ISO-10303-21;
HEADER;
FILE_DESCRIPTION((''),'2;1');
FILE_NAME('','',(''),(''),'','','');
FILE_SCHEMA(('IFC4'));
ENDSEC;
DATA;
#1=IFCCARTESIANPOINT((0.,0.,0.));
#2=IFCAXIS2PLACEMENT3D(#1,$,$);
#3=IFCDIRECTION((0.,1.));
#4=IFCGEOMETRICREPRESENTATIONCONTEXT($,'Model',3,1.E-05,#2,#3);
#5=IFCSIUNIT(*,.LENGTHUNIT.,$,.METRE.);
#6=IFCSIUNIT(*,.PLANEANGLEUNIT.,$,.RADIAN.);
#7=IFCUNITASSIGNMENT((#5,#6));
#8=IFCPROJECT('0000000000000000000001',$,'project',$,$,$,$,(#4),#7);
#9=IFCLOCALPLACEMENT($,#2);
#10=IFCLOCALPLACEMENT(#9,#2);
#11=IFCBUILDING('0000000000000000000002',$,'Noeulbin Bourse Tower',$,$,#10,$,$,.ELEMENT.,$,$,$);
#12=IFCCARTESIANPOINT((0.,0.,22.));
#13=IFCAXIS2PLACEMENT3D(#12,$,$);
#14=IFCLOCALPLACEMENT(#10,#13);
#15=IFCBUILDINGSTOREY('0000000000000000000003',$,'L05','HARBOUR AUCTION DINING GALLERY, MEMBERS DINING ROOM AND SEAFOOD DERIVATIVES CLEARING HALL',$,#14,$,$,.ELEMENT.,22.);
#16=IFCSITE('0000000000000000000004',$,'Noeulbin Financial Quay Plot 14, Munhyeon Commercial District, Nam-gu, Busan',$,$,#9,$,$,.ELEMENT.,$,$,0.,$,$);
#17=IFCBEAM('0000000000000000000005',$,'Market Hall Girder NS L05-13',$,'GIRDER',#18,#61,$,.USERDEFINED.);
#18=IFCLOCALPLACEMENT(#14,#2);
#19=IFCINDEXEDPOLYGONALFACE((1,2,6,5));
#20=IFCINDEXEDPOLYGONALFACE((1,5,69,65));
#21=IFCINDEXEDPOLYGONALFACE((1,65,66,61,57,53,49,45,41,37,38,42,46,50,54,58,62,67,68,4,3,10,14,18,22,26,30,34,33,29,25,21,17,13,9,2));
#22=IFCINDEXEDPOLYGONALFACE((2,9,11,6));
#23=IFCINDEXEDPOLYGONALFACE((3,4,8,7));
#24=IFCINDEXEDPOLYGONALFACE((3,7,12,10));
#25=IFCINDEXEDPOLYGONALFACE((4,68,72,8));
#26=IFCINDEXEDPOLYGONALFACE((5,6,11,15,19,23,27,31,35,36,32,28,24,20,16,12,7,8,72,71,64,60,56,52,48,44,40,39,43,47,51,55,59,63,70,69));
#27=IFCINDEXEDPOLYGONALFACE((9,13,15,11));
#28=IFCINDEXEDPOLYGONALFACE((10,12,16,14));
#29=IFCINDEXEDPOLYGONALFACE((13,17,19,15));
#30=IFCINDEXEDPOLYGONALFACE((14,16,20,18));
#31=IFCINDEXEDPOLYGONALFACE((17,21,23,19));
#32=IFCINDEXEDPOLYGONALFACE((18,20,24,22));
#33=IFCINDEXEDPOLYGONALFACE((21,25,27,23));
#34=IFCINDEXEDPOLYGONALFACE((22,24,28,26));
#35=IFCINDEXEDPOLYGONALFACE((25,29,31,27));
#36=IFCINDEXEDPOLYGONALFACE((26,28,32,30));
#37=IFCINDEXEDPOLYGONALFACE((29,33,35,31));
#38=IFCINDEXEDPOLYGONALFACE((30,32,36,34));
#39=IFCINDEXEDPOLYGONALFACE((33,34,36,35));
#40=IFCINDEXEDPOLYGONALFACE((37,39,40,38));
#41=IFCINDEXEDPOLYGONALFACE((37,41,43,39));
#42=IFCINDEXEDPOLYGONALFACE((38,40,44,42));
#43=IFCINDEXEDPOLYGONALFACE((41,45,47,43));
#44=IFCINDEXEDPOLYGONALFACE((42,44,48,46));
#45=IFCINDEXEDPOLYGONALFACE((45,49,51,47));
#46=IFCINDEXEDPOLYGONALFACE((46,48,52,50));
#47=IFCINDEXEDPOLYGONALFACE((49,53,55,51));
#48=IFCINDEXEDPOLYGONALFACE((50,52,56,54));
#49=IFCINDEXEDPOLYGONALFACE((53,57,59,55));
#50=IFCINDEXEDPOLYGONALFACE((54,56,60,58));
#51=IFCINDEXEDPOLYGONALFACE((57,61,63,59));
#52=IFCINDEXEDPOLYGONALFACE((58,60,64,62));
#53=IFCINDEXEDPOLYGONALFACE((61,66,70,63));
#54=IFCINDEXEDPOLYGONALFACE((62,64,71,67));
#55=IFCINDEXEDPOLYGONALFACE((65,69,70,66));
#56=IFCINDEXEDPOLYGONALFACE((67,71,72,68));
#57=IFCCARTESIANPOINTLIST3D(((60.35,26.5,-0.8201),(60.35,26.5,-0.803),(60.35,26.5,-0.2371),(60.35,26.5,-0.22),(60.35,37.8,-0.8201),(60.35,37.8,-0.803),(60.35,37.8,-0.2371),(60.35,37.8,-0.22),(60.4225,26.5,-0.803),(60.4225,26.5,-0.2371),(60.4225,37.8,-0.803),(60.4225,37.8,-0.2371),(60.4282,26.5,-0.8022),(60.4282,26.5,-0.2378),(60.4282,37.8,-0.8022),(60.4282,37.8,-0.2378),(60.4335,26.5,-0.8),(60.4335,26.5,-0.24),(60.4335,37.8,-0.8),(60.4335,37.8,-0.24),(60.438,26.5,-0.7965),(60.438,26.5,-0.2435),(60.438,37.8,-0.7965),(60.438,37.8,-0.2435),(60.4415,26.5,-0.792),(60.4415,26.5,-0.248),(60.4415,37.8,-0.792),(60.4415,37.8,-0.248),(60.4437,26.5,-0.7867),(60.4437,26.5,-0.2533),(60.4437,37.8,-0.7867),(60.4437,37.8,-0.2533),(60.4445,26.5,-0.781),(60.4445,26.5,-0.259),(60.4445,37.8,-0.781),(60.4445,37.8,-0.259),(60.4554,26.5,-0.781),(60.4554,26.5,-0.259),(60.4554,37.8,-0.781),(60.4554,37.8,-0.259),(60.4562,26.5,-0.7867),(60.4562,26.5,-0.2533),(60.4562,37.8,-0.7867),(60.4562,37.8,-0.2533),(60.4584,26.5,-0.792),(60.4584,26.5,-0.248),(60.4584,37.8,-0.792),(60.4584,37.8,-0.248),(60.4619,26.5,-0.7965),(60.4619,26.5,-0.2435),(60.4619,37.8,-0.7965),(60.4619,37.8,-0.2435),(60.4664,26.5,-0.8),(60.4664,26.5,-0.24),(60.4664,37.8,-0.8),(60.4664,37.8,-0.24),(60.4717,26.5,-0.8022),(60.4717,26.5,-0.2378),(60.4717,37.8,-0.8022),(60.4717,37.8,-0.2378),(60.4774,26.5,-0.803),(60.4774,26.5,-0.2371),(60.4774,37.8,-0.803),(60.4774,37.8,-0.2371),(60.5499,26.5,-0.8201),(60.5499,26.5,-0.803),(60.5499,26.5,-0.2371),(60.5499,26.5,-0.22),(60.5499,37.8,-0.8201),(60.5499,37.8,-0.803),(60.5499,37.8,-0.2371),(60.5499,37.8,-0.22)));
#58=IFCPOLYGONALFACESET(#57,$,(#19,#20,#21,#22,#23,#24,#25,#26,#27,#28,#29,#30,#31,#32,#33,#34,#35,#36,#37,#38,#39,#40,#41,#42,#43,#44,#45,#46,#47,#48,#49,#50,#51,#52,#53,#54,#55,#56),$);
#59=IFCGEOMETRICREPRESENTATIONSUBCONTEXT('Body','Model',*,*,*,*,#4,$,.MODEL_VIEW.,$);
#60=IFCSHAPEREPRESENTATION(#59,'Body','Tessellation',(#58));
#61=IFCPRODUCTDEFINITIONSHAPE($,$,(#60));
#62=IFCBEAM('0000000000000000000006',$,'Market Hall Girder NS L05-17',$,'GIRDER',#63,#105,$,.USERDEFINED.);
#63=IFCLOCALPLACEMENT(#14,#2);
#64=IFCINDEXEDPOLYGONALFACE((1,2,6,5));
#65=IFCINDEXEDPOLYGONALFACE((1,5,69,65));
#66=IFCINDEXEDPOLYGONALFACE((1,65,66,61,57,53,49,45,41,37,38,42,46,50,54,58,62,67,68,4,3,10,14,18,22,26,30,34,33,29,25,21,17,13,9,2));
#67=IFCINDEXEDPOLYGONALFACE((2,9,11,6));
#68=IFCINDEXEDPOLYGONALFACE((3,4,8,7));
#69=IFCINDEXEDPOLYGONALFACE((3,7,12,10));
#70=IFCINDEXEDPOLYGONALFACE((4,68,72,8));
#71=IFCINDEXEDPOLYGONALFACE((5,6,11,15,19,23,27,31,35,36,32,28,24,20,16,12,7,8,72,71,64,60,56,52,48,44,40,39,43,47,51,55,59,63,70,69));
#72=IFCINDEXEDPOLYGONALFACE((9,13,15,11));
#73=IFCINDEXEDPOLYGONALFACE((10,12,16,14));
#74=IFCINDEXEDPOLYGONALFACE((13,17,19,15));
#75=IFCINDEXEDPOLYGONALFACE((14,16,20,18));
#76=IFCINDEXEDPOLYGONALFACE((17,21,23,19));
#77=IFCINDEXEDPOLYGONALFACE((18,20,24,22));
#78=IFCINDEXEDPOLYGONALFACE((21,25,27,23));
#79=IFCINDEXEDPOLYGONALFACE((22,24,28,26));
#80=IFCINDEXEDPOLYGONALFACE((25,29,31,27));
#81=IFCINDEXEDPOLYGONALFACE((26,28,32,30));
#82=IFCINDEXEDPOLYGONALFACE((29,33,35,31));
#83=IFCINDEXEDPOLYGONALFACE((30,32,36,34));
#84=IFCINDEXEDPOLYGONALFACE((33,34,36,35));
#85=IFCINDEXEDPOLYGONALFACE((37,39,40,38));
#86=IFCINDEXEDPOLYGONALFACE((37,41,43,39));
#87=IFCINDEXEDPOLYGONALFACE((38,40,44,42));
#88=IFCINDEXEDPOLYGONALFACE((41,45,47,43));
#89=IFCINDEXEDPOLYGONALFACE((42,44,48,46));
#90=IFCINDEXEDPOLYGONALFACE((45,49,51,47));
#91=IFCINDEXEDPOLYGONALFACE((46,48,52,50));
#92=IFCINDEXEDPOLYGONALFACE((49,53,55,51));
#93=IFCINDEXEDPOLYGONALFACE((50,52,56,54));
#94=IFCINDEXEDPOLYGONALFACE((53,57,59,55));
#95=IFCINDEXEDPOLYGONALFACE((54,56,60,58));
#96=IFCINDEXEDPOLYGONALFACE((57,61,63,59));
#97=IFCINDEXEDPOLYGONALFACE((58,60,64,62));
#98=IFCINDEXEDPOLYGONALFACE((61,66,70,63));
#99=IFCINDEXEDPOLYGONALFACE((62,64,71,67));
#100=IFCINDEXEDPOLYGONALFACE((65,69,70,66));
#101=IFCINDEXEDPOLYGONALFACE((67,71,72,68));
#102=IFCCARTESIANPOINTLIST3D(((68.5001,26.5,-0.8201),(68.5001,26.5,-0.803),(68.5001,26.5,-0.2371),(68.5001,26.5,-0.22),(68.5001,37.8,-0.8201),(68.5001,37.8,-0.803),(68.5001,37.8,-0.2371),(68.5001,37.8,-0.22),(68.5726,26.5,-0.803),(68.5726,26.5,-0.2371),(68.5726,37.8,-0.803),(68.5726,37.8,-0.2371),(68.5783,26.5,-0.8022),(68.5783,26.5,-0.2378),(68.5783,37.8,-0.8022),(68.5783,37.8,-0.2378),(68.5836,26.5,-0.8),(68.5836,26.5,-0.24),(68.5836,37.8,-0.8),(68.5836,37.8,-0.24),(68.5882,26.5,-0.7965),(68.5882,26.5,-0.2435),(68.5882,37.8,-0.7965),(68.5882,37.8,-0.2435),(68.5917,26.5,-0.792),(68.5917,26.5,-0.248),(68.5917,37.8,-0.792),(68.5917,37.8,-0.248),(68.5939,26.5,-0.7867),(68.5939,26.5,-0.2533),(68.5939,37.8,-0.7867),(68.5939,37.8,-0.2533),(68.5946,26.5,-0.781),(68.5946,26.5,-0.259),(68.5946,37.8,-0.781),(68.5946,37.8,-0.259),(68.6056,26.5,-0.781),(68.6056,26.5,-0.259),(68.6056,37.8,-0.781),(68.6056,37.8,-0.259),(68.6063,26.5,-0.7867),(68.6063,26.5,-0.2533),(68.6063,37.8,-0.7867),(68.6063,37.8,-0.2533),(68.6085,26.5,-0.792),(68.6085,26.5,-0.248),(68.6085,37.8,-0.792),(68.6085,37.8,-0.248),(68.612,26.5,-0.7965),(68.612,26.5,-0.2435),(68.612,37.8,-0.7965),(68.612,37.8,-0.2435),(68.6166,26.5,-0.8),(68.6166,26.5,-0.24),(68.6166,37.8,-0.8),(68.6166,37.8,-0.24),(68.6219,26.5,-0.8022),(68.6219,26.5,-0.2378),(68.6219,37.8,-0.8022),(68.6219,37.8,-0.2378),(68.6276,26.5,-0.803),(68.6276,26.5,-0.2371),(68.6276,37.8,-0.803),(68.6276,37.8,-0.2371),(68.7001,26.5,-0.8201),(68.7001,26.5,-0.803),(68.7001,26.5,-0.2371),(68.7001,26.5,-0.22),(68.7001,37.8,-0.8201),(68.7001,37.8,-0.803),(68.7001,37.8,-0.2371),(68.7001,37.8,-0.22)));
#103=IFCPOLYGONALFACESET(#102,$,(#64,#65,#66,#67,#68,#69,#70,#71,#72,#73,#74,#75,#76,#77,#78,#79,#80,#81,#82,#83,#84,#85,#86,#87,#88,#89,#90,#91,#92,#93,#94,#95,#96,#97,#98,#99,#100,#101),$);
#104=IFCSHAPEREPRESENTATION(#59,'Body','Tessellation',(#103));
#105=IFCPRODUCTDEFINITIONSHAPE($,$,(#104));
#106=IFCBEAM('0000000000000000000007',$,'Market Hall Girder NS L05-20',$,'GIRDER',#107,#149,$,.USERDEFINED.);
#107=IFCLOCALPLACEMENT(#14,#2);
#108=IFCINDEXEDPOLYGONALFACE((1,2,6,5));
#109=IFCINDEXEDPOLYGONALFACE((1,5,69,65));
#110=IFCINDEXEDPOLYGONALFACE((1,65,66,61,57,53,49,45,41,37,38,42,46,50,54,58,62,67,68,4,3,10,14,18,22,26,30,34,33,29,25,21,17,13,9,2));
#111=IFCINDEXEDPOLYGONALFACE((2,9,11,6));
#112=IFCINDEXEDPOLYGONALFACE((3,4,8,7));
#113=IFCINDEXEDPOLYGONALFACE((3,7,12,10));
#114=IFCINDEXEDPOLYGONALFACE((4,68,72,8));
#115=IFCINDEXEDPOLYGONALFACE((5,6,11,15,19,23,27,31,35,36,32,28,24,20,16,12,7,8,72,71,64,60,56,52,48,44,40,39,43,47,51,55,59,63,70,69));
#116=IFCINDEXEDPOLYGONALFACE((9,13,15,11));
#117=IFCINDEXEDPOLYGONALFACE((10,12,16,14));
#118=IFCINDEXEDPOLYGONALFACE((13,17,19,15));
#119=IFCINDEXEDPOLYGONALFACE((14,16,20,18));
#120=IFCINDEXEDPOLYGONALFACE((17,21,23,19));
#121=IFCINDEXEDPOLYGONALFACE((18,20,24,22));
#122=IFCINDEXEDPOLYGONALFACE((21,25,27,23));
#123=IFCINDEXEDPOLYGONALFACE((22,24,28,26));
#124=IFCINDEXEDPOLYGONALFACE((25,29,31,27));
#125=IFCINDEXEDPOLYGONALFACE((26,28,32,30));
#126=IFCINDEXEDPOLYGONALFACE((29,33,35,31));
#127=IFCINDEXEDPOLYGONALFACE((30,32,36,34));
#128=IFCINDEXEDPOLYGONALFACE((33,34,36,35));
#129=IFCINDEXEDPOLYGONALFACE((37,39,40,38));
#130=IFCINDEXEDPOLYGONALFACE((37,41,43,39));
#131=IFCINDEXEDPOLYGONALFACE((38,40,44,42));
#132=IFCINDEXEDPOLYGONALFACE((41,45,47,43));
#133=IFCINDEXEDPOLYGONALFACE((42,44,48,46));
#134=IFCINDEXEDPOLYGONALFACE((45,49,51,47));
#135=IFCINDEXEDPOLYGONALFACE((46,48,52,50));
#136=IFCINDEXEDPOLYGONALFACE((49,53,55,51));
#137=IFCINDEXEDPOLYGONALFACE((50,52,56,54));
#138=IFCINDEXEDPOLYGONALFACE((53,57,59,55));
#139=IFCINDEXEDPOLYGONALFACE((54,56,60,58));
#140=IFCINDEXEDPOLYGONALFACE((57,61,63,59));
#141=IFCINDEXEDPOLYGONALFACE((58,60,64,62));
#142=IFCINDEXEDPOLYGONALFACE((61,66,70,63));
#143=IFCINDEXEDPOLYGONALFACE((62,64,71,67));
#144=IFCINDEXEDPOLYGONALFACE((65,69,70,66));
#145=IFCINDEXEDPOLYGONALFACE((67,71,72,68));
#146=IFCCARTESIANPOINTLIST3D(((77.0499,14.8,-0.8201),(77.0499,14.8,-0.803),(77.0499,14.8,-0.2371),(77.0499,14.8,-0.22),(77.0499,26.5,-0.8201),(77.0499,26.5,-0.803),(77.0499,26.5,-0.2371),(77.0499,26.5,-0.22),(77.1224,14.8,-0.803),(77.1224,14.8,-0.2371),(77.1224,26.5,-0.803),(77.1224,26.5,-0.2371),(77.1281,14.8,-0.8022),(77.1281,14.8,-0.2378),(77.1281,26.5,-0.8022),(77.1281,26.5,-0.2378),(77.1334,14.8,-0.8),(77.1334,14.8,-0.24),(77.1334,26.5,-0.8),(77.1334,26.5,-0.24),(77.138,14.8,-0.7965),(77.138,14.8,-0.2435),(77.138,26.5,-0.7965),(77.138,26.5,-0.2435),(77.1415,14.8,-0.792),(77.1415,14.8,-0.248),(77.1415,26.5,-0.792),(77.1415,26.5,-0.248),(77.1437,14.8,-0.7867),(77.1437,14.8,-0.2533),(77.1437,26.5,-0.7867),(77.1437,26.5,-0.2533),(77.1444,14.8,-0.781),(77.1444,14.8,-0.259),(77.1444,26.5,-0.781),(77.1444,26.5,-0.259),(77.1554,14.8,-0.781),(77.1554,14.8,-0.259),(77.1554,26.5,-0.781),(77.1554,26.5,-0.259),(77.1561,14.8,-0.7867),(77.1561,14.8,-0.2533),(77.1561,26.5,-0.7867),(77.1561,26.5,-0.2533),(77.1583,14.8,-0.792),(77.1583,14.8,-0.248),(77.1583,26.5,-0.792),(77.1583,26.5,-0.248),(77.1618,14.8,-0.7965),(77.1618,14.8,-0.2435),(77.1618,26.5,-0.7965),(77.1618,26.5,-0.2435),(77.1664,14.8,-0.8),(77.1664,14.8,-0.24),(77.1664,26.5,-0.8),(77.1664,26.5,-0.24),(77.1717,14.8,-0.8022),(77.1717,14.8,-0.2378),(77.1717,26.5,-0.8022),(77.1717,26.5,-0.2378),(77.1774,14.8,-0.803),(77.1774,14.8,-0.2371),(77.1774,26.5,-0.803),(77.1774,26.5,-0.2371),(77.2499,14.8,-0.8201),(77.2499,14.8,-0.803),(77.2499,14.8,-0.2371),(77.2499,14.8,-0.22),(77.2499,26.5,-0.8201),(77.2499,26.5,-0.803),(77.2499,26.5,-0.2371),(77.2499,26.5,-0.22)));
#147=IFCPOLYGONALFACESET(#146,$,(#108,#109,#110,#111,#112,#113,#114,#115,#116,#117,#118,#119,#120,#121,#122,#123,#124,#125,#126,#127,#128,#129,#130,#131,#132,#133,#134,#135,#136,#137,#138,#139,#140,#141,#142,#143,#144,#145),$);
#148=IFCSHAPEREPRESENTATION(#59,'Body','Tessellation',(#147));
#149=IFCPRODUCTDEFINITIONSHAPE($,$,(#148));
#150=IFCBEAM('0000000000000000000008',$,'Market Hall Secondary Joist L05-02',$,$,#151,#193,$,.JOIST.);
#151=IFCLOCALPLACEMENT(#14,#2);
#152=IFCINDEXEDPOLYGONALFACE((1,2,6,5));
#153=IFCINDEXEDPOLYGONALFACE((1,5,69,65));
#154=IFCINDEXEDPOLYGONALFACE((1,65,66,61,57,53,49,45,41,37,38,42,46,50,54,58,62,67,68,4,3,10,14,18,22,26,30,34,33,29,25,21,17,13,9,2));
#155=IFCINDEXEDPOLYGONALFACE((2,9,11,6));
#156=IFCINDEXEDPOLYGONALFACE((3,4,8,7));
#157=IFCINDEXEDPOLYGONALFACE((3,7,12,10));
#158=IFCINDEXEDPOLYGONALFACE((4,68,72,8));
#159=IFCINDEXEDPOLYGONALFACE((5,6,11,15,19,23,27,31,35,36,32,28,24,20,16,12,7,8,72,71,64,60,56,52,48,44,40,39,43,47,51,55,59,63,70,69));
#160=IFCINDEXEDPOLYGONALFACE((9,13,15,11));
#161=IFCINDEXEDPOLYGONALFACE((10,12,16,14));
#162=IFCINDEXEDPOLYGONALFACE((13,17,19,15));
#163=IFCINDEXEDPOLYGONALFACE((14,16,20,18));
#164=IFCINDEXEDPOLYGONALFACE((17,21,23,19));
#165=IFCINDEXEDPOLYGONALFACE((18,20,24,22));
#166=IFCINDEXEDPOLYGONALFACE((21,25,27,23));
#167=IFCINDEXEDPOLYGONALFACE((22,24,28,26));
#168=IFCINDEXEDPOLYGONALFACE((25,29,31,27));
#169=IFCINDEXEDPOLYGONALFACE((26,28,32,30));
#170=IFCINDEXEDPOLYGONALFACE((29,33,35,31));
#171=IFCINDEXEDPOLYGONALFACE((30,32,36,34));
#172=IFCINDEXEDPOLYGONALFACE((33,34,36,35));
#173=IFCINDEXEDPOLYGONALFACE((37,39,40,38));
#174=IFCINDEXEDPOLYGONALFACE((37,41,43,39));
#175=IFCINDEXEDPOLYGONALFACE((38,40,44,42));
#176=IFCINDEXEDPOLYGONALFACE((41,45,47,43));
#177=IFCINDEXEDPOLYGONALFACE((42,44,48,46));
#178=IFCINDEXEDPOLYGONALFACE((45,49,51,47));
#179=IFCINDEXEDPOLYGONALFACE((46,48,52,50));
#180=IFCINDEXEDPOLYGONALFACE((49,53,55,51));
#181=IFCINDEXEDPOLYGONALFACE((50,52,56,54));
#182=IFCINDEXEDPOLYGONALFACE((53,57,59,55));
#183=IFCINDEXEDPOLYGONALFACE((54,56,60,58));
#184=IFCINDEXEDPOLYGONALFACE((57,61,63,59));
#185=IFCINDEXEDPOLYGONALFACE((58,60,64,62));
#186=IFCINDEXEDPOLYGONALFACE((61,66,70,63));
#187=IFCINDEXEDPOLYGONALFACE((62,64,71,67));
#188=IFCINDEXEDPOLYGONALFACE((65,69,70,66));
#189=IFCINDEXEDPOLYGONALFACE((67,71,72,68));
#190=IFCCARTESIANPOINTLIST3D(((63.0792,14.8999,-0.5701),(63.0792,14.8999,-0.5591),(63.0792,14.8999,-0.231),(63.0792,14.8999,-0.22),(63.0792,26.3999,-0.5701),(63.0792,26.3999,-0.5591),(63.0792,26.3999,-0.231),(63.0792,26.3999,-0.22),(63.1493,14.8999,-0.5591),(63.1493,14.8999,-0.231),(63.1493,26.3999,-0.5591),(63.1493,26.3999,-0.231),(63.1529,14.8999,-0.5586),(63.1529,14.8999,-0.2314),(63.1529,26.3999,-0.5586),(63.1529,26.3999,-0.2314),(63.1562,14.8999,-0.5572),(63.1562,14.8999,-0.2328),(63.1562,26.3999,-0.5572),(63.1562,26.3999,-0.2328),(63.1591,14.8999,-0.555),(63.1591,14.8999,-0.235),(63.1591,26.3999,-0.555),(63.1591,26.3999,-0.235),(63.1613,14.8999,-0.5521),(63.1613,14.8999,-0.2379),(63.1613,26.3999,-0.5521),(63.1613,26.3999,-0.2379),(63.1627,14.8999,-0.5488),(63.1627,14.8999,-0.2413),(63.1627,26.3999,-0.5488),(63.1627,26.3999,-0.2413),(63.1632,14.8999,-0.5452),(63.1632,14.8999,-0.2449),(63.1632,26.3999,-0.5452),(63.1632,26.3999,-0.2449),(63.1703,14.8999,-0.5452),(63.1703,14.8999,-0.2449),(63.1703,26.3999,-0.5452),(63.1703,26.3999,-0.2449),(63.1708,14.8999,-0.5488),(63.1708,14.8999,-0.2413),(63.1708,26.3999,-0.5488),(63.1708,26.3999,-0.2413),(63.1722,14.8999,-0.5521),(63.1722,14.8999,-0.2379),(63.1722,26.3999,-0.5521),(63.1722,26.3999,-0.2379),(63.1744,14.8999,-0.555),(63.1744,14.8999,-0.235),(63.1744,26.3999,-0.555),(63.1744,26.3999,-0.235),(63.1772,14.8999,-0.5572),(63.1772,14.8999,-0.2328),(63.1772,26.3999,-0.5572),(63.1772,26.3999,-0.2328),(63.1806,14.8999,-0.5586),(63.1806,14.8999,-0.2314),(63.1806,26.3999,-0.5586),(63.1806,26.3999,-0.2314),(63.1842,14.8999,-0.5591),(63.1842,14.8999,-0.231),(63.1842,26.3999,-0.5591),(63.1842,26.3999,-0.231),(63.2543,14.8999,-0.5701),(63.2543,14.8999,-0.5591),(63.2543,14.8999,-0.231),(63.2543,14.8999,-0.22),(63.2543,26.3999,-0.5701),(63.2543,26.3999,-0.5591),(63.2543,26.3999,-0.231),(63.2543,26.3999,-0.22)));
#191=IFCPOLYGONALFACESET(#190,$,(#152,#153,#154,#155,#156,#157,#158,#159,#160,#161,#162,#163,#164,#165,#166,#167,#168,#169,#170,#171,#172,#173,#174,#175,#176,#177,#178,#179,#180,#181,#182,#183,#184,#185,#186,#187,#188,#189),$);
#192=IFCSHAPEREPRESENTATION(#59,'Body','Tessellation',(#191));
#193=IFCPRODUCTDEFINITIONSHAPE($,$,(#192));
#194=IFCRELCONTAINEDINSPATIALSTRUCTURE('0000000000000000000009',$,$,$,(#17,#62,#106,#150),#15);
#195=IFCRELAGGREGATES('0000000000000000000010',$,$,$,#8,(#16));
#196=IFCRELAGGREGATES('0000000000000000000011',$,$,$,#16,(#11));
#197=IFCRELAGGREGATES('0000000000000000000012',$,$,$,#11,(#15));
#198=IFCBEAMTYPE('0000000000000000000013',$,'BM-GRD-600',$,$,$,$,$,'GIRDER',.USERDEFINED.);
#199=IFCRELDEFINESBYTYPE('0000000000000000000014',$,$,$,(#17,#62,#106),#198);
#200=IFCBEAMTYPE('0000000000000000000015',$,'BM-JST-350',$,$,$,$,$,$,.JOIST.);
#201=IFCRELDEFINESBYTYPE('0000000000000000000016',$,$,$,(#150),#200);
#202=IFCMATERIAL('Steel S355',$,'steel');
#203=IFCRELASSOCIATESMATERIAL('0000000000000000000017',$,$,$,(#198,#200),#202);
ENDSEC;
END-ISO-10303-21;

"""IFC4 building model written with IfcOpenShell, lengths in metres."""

from ifc_helpers import new_model, si_unit, direction, frame, origin, origin_2d, place, context, subcontext, project, spatial, i_section, extrude, material, material_profile, profile_set, type_object, element, save


model = new_model("IFC4")

# Units and contexts
model_context = context("Model", 3, precision=1e-05, world=origin(), true_north=direction((0.0, 1.0)))
body_context = subcontext(model_context, "Body", "Model", "MODEL_VIEW")
ifc_project = project(units=[si_unit("LENGTHUNIT", "METRE"), si_unit("PLANEANGLEUNIT", "RADIAN")], contexts=[model_context])

# Site, building, storey
site_placement = place(None, origin())
site = spatial("IfcSite", under=ifc_project, at=site_placement, Name="Noeulbin Financial Quay Plot 14, Munhyeon Commercial District, Nam-gu, Busan", CompositionType="ELEMENT", RefElevation=0.0)
building_placement = place(site_placement, origin())
building = spatial("IfcBuilding", under=site, at=building_placement, Name="Noeulbin Bourse Tower", CompositionType="ELEMENT")
storey_placement = place(building_placement, frame((0.0, 0.0, 22.0)))
storey = spatial("IfcBuildingStorey", under=building, at=storey_placement, Name="L05", Description="HARBOUR AUCTION DINING GALLERY, MEMBERS DINING ROOM AND SEAFOOD DERIVATIVES CLEARING HALL", CompositionType="ELEMENT", Elevation=22.0)

# Shared definitions
ifc_material_1 = material(Name="Steel S355", Category="steel")

# Beams
ifc_material_profile_1 = material_profile(ifc_material_1, i_section(OverallWidth=0.2, OverallDepth=0.6001, WebThickness=0.011, FlangeThickness=0.0171, FilletRadius=0.022, at=origin_2d()), Name="H-600x200x11x17", Category="LoadBearing")
ifc_profile_set_1 = profile_set([ifc_material_profile_1], Name="Steel S355")
beam_type_1 = type_object("IfcBeamType", Name="BM-GRD-600", ElementType="GIRDER", PredefinedType="USERDEFINED", material=ifc_profile_set_1)
for number, where, z_axis, x_axis, name in (
    (1, (60.45, 26.5, -0.52), (0.0, 1.0, 0.0), (-1.0, 0.0, 0.0), "Market Hall Girder NS L05-13"),
    (2, (68.6001, 26.5, -0.52), (0.0, 1.0, 0.0), (-1.0, 0.0, 0.0), "Market Hall Girder NS L05-17"),
):
    element("IfcBeam", number, at=place(storey_placement, frame(where, z_axis=z_axis, x_axis=x_axis)), inside=storey, type_object=beam_type_1, Name=name, ObjectType="GIRDER", PredefinedType="USERDEFINED", context=body_context, shape_type="SweptSolid", body=[
        extrude(i_section(OverallWidth=0.2, OverallDepth=0.6001, WebThickness=0.011, FlangeThickness=0.0171, FilletRadius=0.022, at=origin_2d()), origin(), (0.0, 0.0, 1.0), 11.3),
    ])
beam_1_placement = place(storey_placement, frame((77.1499, 14.8, -0.52), z_axis=(0.0, 1.0, 0.0), x_axis=(-1.0, 0.0, 0.0)))
element("IfcBeam", 3, at=beam_1_placement, inside=storey, type_object=beam_type_1, Name="Market Hall Girder NS L05-20", ObjectType="GIRDER", PredefinedType="USERDEFINED", context=body_context, shape_type="SweptSolid", body=[
    extrude(i_section(OverallWidth=0.2, OverallDepth=0.6001, WebThickness=0.011, FlangeThickness=0.0171, FilletRadius=0.022, at=origin_2d()), origin(), (0.0, 0.0, 1.0), 11.7),
])
ifc_material_profile_2 = material_profile(ifc_material_1, i_section(OverallWidth=0.175, OverallDepth=0.3501, WebThickness=0.0071, FlangeThickness=0.011, FilletRadius=0.0139, at=origin_2d()), Name="H-350x175x7x11", Category="LoadBearing")
ifc_profile_set_2 = profile_set([ifc_material_profile_2], Name="Steel S355")
beam_type_2 = type_object("IfcBeamType", Name="BM-JST-350", PredefinedType="JOIST", material=ifc_profile_set_2)
for number, where, z_axis, x_axis, name in (
    (4, (63.1667, 14.8999, -0.395), (0.0, 1.0, 0.0), (-1.0, 0.0, 0.0), "Market Hall Secondary Joist L05-02"),
):
    element("IfcBeam", number, at=place(storey_placement, frame(where, z_axis=z_axis, x_axis=x_axis)), inside=storey, type_object=beam_type_2, Name=name, PredefinedType="JOIST", context=body_context, shape_type="SweptSolid", body=[
        extrude(i_section(OverallWidth=0.175, OverallDepth=0.3501, WebThickness=0.0071, FlangeThickness=0.011, FilletRadius=0.0139, at=origin_2d()), origin(), (0.0, 0.0, 1.0), 11.5),
    ])

save(model, "model.ifc")
